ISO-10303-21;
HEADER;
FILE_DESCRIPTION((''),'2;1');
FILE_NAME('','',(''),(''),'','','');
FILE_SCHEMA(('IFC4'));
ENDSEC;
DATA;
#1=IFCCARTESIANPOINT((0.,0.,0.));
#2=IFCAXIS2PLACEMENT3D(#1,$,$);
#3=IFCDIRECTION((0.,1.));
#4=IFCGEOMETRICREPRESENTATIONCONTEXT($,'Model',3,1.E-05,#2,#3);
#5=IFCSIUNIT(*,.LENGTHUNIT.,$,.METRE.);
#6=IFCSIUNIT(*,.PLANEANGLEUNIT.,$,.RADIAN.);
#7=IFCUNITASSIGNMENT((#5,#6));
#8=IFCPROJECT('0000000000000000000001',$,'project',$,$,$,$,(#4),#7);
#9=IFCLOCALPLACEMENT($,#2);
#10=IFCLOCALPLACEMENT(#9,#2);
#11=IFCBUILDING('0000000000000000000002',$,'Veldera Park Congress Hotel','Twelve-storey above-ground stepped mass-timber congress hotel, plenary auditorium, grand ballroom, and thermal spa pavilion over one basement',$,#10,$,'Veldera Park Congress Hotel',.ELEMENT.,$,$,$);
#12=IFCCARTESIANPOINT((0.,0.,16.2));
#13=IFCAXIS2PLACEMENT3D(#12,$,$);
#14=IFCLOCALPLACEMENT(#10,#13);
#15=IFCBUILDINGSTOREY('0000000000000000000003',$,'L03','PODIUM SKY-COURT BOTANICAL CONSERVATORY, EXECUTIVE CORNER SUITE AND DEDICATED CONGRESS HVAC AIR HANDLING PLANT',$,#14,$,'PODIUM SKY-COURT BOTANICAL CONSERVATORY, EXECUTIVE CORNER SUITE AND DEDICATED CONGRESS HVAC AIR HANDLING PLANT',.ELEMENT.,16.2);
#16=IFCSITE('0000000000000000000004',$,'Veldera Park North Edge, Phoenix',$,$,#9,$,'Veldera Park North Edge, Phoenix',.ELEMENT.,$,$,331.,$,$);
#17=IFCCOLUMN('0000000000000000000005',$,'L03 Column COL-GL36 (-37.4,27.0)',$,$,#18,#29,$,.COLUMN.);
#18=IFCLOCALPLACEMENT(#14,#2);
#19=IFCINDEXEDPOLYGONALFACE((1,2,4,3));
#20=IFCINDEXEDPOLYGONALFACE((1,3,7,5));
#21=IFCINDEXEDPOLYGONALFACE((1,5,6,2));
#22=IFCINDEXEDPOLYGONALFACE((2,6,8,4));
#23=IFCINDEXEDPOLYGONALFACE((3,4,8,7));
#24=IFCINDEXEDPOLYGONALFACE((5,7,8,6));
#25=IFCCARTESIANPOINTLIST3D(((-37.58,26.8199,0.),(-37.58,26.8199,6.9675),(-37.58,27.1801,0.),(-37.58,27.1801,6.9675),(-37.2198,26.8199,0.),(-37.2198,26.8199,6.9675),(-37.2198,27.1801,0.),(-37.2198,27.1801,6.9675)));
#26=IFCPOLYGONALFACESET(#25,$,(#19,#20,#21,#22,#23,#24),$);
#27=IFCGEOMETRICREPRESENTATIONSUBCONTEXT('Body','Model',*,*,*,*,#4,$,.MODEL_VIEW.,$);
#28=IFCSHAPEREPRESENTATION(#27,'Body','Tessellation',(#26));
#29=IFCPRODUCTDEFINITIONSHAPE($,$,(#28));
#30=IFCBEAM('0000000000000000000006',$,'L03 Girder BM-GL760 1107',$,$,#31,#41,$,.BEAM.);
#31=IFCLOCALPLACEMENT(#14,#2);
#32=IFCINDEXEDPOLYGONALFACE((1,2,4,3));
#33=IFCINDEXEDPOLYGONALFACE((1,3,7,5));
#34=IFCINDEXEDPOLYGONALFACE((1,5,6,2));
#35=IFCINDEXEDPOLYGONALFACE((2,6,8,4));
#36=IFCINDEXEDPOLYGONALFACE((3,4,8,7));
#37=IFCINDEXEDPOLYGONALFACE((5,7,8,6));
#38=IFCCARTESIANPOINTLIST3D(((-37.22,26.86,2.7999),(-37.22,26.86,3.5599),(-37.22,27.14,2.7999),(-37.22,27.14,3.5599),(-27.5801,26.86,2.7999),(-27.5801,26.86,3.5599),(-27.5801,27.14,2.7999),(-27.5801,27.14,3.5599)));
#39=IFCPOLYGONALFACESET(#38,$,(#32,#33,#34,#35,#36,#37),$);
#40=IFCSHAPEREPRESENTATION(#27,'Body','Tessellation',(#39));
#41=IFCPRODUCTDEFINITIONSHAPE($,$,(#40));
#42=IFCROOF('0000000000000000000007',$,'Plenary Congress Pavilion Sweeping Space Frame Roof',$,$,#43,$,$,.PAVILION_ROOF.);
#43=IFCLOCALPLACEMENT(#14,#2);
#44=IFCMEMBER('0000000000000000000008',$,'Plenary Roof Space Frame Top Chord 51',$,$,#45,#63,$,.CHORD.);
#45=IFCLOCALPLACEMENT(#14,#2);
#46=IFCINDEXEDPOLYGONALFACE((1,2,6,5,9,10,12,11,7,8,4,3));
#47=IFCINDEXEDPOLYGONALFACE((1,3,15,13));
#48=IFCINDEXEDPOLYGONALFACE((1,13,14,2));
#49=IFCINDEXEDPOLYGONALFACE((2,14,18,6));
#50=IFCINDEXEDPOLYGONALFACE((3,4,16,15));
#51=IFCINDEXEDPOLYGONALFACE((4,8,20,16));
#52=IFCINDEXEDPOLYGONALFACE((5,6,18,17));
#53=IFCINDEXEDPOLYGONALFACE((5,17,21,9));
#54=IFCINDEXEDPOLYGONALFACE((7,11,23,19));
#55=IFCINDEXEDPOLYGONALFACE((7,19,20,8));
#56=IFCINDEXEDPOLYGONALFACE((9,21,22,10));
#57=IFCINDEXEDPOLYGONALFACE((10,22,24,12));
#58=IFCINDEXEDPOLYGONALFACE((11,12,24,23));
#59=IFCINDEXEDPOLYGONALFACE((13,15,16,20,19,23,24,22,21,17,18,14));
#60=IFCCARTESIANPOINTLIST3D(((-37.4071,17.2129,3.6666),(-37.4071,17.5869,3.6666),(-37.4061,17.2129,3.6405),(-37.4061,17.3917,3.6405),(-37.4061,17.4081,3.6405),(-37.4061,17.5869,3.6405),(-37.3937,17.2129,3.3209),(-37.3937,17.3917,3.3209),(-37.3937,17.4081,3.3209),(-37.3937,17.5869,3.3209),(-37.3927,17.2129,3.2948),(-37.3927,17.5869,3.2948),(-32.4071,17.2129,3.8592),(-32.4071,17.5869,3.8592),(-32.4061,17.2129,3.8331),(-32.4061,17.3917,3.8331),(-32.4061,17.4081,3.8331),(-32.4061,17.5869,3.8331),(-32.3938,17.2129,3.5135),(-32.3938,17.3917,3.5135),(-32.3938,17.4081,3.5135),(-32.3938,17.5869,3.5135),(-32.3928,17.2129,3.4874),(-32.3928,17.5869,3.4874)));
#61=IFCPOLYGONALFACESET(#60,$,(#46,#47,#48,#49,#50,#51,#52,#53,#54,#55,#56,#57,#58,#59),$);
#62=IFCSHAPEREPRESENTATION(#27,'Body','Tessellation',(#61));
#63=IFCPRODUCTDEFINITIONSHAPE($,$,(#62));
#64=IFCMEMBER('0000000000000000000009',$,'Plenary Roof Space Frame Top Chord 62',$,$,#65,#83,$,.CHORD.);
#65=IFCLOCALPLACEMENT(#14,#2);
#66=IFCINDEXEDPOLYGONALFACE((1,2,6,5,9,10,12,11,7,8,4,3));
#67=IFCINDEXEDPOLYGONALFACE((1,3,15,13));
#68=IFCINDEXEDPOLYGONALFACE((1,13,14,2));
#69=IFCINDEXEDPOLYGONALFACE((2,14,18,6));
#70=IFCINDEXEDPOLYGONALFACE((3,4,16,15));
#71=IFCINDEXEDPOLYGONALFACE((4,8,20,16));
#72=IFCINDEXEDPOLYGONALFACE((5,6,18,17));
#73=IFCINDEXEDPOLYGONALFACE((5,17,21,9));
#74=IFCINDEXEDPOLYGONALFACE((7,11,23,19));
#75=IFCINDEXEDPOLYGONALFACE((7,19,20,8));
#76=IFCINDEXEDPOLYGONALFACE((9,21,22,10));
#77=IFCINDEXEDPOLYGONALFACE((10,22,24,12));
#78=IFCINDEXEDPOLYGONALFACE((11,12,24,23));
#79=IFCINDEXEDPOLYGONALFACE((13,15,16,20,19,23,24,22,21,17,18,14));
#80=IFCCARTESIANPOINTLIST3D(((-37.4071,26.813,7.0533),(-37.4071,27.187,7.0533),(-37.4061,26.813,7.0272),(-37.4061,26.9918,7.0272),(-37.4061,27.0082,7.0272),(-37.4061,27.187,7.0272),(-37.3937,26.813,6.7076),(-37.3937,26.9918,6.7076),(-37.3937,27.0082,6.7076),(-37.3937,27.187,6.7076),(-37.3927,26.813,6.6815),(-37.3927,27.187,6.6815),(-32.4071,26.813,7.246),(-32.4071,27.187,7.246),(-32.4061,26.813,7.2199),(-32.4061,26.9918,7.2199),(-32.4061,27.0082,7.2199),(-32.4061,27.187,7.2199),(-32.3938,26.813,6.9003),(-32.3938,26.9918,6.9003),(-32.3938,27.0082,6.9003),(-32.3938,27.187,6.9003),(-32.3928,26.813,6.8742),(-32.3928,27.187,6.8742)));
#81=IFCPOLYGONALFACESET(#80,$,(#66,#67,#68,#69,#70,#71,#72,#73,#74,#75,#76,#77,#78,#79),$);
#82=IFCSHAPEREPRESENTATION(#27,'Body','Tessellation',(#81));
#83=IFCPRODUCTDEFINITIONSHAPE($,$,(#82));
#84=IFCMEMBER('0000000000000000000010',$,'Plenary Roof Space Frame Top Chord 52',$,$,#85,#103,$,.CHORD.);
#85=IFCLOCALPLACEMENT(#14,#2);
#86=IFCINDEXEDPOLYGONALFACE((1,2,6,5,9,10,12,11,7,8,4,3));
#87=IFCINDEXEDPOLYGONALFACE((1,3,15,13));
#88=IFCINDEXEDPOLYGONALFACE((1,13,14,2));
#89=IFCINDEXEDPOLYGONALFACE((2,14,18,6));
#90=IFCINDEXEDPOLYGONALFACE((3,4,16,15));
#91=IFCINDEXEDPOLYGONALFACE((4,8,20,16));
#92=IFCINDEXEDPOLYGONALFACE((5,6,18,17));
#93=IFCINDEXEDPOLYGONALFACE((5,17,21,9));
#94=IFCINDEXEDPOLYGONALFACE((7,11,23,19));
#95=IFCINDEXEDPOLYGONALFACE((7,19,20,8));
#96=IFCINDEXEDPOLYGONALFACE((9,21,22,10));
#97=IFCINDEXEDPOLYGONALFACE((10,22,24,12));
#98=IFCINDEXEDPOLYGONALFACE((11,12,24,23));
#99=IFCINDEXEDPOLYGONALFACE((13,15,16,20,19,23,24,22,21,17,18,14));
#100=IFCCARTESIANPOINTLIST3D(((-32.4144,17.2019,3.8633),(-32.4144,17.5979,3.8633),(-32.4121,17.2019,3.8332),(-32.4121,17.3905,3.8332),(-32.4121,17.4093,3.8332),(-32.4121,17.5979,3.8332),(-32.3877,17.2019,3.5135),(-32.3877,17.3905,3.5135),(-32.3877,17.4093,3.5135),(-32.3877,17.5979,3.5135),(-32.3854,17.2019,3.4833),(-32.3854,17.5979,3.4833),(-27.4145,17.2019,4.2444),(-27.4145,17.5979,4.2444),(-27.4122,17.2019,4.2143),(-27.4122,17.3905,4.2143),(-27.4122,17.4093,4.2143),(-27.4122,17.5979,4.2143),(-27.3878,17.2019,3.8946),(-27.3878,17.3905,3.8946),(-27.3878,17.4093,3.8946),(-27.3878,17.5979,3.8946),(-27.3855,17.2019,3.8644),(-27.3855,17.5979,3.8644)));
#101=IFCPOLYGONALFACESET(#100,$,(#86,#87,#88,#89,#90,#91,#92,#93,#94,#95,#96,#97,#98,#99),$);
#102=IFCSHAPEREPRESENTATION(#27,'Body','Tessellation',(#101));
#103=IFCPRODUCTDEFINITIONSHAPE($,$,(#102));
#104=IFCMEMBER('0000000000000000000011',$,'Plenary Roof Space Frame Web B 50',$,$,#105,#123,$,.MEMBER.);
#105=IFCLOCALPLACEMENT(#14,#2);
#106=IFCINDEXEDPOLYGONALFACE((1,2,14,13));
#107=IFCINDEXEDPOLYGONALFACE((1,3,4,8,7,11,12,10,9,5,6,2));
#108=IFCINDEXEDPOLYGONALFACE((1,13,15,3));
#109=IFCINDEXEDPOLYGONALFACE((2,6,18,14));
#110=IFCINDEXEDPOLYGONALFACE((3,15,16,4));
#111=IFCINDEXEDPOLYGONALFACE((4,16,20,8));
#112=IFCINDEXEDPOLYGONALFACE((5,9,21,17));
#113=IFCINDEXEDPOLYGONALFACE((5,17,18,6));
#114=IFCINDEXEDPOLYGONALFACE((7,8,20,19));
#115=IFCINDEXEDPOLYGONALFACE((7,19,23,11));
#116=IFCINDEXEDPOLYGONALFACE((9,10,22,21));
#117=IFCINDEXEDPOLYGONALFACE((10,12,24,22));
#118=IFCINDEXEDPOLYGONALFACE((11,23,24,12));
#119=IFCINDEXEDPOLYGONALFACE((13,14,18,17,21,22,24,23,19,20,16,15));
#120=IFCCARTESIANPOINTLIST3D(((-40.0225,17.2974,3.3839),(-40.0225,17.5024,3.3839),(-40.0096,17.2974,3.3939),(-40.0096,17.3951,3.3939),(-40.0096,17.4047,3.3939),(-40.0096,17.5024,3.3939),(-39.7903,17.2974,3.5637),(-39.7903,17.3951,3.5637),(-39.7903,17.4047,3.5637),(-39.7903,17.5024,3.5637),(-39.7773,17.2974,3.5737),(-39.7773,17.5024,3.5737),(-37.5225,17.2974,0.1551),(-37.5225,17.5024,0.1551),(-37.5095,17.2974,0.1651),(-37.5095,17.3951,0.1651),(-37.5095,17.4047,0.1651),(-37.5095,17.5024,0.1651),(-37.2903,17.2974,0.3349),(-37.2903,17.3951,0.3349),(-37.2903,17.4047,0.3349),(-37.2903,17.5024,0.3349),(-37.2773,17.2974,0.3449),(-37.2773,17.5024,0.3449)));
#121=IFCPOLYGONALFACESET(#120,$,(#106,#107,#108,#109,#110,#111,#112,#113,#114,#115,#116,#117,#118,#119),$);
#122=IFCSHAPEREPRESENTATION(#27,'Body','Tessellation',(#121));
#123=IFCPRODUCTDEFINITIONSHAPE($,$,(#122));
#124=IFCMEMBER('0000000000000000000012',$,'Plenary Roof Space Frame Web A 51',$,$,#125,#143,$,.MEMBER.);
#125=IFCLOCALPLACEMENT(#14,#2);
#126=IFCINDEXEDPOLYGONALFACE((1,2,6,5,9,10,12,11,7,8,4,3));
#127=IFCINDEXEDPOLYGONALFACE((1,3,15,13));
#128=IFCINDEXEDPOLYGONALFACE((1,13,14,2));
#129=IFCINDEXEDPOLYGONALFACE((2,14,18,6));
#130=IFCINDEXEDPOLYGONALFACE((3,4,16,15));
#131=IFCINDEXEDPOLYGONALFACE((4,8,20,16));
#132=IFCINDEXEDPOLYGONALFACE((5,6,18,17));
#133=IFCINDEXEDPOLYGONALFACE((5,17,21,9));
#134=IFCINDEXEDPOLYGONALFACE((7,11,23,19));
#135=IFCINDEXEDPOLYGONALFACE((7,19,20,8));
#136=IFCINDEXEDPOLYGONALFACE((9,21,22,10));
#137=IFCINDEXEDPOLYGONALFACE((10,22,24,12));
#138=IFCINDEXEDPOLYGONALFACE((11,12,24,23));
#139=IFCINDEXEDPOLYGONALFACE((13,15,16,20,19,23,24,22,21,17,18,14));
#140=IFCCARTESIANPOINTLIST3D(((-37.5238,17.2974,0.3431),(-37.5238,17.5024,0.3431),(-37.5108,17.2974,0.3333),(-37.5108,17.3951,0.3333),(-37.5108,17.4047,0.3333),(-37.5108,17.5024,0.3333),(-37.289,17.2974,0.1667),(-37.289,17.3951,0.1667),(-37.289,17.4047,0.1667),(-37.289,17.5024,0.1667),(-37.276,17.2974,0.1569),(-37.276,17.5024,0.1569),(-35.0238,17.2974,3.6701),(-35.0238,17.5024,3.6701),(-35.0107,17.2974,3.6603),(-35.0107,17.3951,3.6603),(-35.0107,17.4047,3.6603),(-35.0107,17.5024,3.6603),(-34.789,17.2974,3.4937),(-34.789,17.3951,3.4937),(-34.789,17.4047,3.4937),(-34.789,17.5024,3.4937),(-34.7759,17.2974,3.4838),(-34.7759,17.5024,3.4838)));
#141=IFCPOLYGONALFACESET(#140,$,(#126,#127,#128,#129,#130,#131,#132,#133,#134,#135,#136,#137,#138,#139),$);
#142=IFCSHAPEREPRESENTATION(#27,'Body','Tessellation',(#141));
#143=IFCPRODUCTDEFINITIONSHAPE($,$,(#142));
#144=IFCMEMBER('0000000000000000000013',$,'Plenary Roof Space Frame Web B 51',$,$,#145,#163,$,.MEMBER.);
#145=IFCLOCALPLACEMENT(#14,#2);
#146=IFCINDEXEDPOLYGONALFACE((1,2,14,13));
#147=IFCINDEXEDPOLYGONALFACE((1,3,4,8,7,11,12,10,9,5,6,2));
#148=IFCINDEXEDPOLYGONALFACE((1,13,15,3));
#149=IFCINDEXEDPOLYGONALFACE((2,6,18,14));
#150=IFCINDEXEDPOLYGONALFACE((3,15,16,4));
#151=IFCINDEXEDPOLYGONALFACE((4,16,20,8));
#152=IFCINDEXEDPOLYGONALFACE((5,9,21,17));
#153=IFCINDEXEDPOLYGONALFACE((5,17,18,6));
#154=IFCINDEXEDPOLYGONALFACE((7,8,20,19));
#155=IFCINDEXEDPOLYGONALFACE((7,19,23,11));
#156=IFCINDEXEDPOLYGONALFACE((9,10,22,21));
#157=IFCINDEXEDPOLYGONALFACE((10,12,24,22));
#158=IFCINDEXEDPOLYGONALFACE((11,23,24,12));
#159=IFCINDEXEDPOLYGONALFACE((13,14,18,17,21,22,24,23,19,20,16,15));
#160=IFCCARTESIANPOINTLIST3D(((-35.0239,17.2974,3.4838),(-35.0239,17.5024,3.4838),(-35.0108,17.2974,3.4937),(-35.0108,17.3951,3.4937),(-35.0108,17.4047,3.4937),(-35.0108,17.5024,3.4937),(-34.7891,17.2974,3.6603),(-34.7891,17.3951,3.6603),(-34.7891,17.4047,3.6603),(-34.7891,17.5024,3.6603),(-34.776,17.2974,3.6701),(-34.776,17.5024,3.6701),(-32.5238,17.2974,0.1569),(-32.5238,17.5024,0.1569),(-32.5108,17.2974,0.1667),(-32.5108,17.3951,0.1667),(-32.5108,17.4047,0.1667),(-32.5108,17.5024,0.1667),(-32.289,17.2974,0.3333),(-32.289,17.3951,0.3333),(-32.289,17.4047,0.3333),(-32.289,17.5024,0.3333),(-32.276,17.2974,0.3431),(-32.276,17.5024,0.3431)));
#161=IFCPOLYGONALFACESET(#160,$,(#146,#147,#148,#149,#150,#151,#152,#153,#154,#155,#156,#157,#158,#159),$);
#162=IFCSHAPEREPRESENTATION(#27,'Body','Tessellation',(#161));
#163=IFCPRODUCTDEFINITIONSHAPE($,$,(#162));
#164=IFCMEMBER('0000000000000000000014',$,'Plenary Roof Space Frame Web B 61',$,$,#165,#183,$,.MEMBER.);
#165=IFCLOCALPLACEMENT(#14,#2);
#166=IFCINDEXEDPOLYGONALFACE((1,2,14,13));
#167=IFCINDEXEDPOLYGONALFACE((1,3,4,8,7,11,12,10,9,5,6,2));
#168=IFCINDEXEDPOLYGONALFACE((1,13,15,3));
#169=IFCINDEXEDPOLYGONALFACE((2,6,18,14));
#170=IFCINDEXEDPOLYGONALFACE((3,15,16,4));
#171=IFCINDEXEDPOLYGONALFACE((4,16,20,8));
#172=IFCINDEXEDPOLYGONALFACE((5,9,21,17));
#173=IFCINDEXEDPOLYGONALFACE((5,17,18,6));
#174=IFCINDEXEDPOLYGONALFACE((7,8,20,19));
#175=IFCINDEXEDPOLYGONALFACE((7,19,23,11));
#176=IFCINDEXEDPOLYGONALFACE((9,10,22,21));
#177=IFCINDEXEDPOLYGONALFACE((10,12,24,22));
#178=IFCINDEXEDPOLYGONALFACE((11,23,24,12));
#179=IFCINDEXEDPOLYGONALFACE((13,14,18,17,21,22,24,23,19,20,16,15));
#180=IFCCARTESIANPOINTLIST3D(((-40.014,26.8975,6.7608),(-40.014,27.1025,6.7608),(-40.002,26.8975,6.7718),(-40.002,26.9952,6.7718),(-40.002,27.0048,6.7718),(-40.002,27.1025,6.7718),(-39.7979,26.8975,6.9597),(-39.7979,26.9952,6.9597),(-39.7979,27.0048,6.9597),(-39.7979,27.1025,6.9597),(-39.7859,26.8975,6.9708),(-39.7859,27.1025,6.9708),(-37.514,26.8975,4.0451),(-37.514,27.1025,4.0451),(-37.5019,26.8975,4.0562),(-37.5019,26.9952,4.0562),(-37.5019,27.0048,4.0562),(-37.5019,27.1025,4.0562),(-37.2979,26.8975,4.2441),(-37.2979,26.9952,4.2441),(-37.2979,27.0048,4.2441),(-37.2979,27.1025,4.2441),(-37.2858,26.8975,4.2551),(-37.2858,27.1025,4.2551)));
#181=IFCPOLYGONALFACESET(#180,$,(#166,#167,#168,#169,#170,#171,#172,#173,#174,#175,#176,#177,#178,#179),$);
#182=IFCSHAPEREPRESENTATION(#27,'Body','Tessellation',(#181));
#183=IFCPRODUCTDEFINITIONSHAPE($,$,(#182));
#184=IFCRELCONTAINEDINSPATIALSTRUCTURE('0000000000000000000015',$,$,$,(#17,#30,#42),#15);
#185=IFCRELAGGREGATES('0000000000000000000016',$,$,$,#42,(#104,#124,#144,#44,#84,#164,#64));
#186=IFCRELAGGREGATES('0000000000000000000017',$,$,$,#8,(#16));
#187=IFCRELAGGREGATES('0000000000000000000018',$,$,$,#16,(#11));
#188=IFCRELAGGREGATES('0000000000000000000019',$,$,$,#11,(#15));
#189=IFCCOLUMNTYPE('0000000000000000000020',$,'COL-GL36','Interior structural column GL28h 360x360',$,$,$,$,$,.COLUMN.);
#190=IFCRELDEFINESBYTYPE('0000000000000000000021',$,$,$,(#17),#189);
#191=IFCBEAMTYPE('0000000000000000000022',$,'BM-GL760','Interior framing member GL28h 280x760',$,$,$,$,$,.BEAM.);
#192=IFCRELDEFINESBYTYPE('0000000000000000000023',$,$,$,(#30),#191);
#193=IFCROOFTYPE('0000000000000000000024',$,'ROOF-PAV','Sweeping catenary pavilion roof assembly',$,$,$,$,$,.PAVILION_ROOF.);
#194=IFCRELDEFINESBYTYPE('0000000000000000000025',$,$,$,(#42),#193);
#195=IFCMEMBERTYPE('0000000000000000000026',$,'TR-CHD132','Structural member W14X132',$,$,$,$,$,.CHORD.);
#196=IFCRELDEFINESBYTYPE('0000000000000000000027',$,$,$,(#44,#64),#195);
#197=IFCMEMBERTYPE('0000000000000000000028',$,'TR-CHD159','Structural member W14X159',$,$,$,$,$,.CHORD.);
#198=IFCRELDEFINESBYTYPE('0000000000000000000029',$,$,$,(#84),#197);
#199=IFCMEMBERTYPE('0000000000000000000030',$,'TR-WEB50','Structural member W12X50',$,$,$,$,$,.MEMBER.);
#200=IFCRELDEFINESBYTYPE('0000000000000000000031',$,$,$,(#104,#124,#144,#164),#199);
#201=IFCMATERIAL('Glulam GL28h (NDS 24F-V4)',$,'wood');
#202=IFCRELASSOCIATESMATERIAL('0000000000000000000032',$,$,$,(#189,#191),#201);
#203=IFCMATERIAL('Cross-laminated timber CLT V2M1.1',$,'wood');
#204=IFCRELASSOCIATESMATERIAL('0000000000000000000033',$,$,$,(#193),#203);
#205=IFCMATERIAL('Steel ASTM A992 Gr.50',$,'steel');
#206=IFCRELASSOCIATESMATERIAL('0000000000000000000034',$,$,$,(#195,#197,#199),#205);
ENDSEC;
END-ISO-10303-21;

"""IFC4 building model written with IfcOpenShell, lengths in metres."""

from ifc_helpers import new_model, si_unit, direction, frame, origin, origin_2d, place, context, subcontext, project, spatial, rectangle, i_section, extrude, material, material_profile, profile_set, type_object, element, aggregate, save


model = new_model("IFC4")

# Units and contexts
model_context = context("Model", 3, precision=1e-05, world=origin(), true_north=direction((0.0, 1.0)))
body_context = subcontext(model_context, "Body", "Model", "MODEL_VIEW")
ifc_project = project(units=[si_unit("LENGTHUNIT", "METRE"), si_unit("PLANEANGLEUNIT", "RADIAN")], contexts=[model_context])

# Site, building, storey
site_placement = place(None, origin())
site = spatial("IfcSite", under=ifc_project, at=site_placement, Name="Veldera Park North Edge, Phoenix", LongName="Veldera Park North Edge, Phoenix", CompositionType="ELEMENT", RefElevation=331.0)
building_placement = place(site_placement, origin())
building = spatial("IfcBuilding", under=site, at=building_placement, Name="Veldera Park Congress Hotel", Description="Twelve-storey above-ground stepped mass-timber congress hotel, plenary auditorium, grand ballroom, and thermal spa pavilion over one basement", LongName="Veldera Park Congress Hotel", CompositionType="ELEMENT")
storey_placement = place(building_placement, frame((0.0, 0.0, 16.2)))
storey = spatial("IfcBuildingStorey", under=building, at=storey_placement, Name="L03", Description="PODIUM SKY-COURT BOTANICAL CONSERVATORY, EXECUTIVE CORNER SUITE AND DEDICATED CONGRESS HVAC AIR HANDLING PLANT", LongName="PODIUM SKY-COURT BOTANICAL CONSERVATORY, EXECUTIVE CORNER SUITE AND DEDICATED CONGRESS HVAC AIR HANDLING PLANT", CompositionType="ELEMENT", Elevation=16.2)

# Column
ifc_material_1 = material(Name="Glulam GL28h (NDS 24F-V4)", Category="wood")
ifc_material_profile_1 = material_profile(ifc_material_1, rectangle(XDim=0.3601, YDim=0.3601, at=origin_2d()), Name="GL28h 360x360")
ifc_profile_set_1 = profile_set([ifc_material_profile_1], Name="Glulam GL28h (NDS 24F-V4)")
column_type = type_object("IfcColumnType", Name="COL-GL36", Description="Interior structural column GL28h 360x360", PredefinedType="COLUMN", material=ifc_profile_set_1)
column_placement = place(storey_placement, frame((-37.3999, 27.0, 0.0), z_axis=(0.0, 0.0, 1.0), x_axis=(1.0, 0.0, 0.0)))
element("IfcColumn", 1, at=column_placement, inside=storey, type_object=column_type, Name="L03 Column COL-GL36 (-37.4,27.0)", PredefinedType="COLUMN", context=body_context, shape_type="SweptSolid", body=[
    extrude(rectangle(XDim=0.3601, YDim=0.3601, at=origin_2d()), origin(), (0.0, 0.0, 1.0), 6.9675),
])

# Beam
ifc_material_profile_2 = material_profile(ifc_material_1, rectangle(XDim=0.28, YDim=0.76, at=origin_2d()), Name="GL28h 280x760")
ifc_profile_set_2 = profile_set([ifc_material_profile_2], Name="Glulam GL28h (NDS 24F-V4)")
beam_type = type_object("IfcBeamType", Name="BM-GL760", Description="Interior framing member GL28h 280x760", PredefinedType="BEAM", material=ifc_profile_set_2)
beam_placement = place(storey_placement, frame((-37.22, 27.0, 3.1799), z_axis=(1.0, 0.0, 0.0), x_axis=(0.0, 1.0, 0.0)))
element("IfcBeam", 2, at=beam_placement, inside=storey, type_object=beam_type, Name="L03 Girder BM-GL760 1107", PredefinedType="BEAM", context=body_context, shape_type="SweptSolid", body=[
    extrude(rectangle(XDim=0.28, YDim=0.76, at=origin_2d()), origin(), (0.0, 0.0, 1.0), 9.6399),
])

# Roof, members
ifc_material_2 = material(Name="Cross-laminated timber CLT V2M1.1", Category="wood")
roof_type = type_object("IfcRoofType", Name="ROOF-PAV", Description="Sweeping catenary pavilion roof assembly", PredefinedType="PAVILION_ROOF", material=ifc_material_2)
roof_placement = place(storey_placement, origin())
roof = element("IfcRoof", 3, at=roof_placement, inside=storey, type_object=roof_type, Name="Plenary Congress Pavilion Sweeping Space Frame Roof", PredefinedType="PAVILION_ROOF")
ifc_material_3 = material(Name="Steel ASTM A992 Gr.50", Category="steel")
ifc_material_profile_3 = material_profile(ifc_material_3, i_section(OverallWidth=0.374, OverallDepth=0.3721, WebThickness=0.0164, FlangeThickness=0.0261, at=origin_2d()), Name="W14X132")
ifc_profile_set_3 = profile_set([ifc_material_profile_3], Name="Steel ASTM A992 Gr.50")
member_type_1 = type_object("IfcMemberType", Name="TR-CHD132", Description="Structural member W14X132", PredefinedType="CHORD", material=ifc_profile_set_3)
member_1_placement = place(storey_placement, frame((-37.3999, 17.3999, 3.4807), z_axis=(0.999259, 0.0, 0.038497), x_axis=(0.0, 1.0, 0.0)))
member_1 = element("IfcMember", 4, at=member_1_placement, type_object=member_type_1, Name="Plenary Roof Space Frame Top Chord 51", PredefinedType="CHORD", context=body_context, shape_type="SweptSolid", body=[
    extrude(i_section(OverallWidth=0.374, OverallDepth=0.3721, WebThickness=0.0164, FlangeThickness=0.0261, at=origin_2d()), origin(), (0.0, 0.0, 1.0), 5.0037),
])
member_2_placement = place(storey_placement, frame((-37.3999, 27.0, 6.8674), z_axis=(0.999259, 0.0, 0.038497), x_axis=(0.0, 1.0, 0.0)))
member_2 = element("IfcMember", 5, at=member_2_placement, type_object=member_type_1, Name="Plenary Roof Space Frame Top Chord 62", PredefinedType="CHORD", context=body_context, shape_type="SweptSolid", body=[
    extrude(i_section(OverallWidth=0.374, OverallDepth=0.3721, WebThickness=0.0164, FlangeThickness=0.0261, at=origin_2d()), origin(), (0.0, 0.0, 1.0), 5.0037),
])
ifc_material_profile_4 = material_profile(ifc_material_3, i_section(OverallWidth=0.396, OverallDepth=0.3811, WebThickness=0.0188, FlangeThickness=0.0303, at=origin_2d()), Name="W14X159")
ifc_profile_set_4 = profile_set([ifc_material_profile_4], Name="Steel ASTM A992 Gr.50")
member_type_2 = type_object("IfcMemberType", Name="TR-CHD159", Description="Structural member W14X159", PredefinedType="CHORD", material=ifc_profile_set_4)
member_3_placement = place(storey_placement, frame((-32.3999, 17.3999, 3.6733), z_axis=(0.997108, 0.0, 0.076), x_axis=(0.0, 1.0, 0.0)))
member_3 = element("IfcMember", 6, at=member_3_placement, type_object=member_type_2, Name="Plenary Roof Space Frame Top Chord 52", PredefinedType="CHORD", context=body_context, shape_type="SweptSolid", body=[
    extrude(i_section(OverallWidth=0.396, OverallDepth=0.3811, WebThickness=0.0188, FlangeThickness=0.0303, at=origin_2d()), origin(), (0.0, 0.0, 1.0), 5.0144),
])
ifc_material_profile_5 = material_profile(ifc_material_3, i_section(OverallWidth=0.2051, OverallDepth=0.3101, WebThickness=0.0095, FlangeThickness=0.0164, at=origin_2d()), Name="W12X50")
ifc_profile_set_5 = profile_set([ifc_material_profile_5], Name="Steel ASTM A992 Gr.50")
member_type_3 = type_object("IfcMemberType", Name="TR-WEB50", Description="Structural member W12X50", PredefinedType="MEMBER", material=ifc_profile_set_5)
member_4_placement = place(storey_placement, frame((-37.3999, 17.3999, 0.25), z_axis=(-0.612221, 0.0, 0.790686), x_axis=(0.0, -1.0, 0.0)))
member_4 = element("IfcMember", 7, at=member_4_placement, type_object=member_type_3, Name="Plenary Roof Space Frame Web B 50", PredefinedType="MEMBER", context=body_context, shape_type="SweptSolid", body=[
    extrude(i_section(OverallWidth=0.2051, OverallDepth=0.3101, WebThickness=0.0095, FlangeThickness=0.0164, at=origin_2d()), origin(), (0.0, 0.0, 1.0), 4.0835),
])
member_5_placement = place(storey_placement, frame((-37.3999, 17.3999, 0.25), z_axis=(0.600741, 0.0, 0.799444), x_axis=(0.0, 1.0, 0.0)))
member_5 = element("IfcMember", 8, at=member_5_placement, type_object=member_type_3, Name="Plenary Roof Space Frame Web A 51", PredefinedType="MEMBER", context=body_context, shape_type="SweptSolid", body=[
    extrude(i_section(OverallWidth=0.2051, OverallDepth=0.3101, WebThickness=0.0095, FlangeThickness=0.0164, at=origin_2d()), origin(), (0.0, 0.0, 1.0), 4.1616),
])
member_6_placement = place(storey_placement, frame((-32.3999, 17.3999, 0.25), z_axis=(-0.600741, 0.0, 0.799444), x_axis=(0.0, -1.0, 0.0)))
member_6 = element("IfcMember", 9, at=member_6_placement, type_object=member_type_3, Name="Plenary Roof Space Frame Web B 51", PredefinedType="MEMBER", context=body_context, shape_type="SweptSolid", body=[
    extrude(i_section(OverallWidth=0.2051, OverallDepth=0.3101, WebThickness=0.0095, FlangeThickness=0.0164, at=origin_2d()), origin(), (0.0, 0.0, 1.0), 4.1616),
])
member_7_placement = place(storey_placement, frame((-37.3999, 27.0, 4.1501), z_axis=(-0.677302, 0.0, 0.735706), x_axis=(0.0, -1.0, 0.0)))
member_7 = element("IfcMember", 10, at=member_7_placement, type_object=member_type_3, Name="Plenary Roof Space Frame Web B 61", PredefinedType="MEMBER", context=body_context, shape_type="SweptSolid", body=[
    extrude(i_section(OverallWidth=0.2051, OverallDepth=0.3101, WebThickness=0.0095, FlangeThickness=0.0164, at=origin_2d()), origin(), (0.0, 0.0, 1.0), 3.6912),
])
aggregate(roof, [member_4, member_5, member_6, member_1, member_3, member_7, member_2])

save(model, "model.ifc")
